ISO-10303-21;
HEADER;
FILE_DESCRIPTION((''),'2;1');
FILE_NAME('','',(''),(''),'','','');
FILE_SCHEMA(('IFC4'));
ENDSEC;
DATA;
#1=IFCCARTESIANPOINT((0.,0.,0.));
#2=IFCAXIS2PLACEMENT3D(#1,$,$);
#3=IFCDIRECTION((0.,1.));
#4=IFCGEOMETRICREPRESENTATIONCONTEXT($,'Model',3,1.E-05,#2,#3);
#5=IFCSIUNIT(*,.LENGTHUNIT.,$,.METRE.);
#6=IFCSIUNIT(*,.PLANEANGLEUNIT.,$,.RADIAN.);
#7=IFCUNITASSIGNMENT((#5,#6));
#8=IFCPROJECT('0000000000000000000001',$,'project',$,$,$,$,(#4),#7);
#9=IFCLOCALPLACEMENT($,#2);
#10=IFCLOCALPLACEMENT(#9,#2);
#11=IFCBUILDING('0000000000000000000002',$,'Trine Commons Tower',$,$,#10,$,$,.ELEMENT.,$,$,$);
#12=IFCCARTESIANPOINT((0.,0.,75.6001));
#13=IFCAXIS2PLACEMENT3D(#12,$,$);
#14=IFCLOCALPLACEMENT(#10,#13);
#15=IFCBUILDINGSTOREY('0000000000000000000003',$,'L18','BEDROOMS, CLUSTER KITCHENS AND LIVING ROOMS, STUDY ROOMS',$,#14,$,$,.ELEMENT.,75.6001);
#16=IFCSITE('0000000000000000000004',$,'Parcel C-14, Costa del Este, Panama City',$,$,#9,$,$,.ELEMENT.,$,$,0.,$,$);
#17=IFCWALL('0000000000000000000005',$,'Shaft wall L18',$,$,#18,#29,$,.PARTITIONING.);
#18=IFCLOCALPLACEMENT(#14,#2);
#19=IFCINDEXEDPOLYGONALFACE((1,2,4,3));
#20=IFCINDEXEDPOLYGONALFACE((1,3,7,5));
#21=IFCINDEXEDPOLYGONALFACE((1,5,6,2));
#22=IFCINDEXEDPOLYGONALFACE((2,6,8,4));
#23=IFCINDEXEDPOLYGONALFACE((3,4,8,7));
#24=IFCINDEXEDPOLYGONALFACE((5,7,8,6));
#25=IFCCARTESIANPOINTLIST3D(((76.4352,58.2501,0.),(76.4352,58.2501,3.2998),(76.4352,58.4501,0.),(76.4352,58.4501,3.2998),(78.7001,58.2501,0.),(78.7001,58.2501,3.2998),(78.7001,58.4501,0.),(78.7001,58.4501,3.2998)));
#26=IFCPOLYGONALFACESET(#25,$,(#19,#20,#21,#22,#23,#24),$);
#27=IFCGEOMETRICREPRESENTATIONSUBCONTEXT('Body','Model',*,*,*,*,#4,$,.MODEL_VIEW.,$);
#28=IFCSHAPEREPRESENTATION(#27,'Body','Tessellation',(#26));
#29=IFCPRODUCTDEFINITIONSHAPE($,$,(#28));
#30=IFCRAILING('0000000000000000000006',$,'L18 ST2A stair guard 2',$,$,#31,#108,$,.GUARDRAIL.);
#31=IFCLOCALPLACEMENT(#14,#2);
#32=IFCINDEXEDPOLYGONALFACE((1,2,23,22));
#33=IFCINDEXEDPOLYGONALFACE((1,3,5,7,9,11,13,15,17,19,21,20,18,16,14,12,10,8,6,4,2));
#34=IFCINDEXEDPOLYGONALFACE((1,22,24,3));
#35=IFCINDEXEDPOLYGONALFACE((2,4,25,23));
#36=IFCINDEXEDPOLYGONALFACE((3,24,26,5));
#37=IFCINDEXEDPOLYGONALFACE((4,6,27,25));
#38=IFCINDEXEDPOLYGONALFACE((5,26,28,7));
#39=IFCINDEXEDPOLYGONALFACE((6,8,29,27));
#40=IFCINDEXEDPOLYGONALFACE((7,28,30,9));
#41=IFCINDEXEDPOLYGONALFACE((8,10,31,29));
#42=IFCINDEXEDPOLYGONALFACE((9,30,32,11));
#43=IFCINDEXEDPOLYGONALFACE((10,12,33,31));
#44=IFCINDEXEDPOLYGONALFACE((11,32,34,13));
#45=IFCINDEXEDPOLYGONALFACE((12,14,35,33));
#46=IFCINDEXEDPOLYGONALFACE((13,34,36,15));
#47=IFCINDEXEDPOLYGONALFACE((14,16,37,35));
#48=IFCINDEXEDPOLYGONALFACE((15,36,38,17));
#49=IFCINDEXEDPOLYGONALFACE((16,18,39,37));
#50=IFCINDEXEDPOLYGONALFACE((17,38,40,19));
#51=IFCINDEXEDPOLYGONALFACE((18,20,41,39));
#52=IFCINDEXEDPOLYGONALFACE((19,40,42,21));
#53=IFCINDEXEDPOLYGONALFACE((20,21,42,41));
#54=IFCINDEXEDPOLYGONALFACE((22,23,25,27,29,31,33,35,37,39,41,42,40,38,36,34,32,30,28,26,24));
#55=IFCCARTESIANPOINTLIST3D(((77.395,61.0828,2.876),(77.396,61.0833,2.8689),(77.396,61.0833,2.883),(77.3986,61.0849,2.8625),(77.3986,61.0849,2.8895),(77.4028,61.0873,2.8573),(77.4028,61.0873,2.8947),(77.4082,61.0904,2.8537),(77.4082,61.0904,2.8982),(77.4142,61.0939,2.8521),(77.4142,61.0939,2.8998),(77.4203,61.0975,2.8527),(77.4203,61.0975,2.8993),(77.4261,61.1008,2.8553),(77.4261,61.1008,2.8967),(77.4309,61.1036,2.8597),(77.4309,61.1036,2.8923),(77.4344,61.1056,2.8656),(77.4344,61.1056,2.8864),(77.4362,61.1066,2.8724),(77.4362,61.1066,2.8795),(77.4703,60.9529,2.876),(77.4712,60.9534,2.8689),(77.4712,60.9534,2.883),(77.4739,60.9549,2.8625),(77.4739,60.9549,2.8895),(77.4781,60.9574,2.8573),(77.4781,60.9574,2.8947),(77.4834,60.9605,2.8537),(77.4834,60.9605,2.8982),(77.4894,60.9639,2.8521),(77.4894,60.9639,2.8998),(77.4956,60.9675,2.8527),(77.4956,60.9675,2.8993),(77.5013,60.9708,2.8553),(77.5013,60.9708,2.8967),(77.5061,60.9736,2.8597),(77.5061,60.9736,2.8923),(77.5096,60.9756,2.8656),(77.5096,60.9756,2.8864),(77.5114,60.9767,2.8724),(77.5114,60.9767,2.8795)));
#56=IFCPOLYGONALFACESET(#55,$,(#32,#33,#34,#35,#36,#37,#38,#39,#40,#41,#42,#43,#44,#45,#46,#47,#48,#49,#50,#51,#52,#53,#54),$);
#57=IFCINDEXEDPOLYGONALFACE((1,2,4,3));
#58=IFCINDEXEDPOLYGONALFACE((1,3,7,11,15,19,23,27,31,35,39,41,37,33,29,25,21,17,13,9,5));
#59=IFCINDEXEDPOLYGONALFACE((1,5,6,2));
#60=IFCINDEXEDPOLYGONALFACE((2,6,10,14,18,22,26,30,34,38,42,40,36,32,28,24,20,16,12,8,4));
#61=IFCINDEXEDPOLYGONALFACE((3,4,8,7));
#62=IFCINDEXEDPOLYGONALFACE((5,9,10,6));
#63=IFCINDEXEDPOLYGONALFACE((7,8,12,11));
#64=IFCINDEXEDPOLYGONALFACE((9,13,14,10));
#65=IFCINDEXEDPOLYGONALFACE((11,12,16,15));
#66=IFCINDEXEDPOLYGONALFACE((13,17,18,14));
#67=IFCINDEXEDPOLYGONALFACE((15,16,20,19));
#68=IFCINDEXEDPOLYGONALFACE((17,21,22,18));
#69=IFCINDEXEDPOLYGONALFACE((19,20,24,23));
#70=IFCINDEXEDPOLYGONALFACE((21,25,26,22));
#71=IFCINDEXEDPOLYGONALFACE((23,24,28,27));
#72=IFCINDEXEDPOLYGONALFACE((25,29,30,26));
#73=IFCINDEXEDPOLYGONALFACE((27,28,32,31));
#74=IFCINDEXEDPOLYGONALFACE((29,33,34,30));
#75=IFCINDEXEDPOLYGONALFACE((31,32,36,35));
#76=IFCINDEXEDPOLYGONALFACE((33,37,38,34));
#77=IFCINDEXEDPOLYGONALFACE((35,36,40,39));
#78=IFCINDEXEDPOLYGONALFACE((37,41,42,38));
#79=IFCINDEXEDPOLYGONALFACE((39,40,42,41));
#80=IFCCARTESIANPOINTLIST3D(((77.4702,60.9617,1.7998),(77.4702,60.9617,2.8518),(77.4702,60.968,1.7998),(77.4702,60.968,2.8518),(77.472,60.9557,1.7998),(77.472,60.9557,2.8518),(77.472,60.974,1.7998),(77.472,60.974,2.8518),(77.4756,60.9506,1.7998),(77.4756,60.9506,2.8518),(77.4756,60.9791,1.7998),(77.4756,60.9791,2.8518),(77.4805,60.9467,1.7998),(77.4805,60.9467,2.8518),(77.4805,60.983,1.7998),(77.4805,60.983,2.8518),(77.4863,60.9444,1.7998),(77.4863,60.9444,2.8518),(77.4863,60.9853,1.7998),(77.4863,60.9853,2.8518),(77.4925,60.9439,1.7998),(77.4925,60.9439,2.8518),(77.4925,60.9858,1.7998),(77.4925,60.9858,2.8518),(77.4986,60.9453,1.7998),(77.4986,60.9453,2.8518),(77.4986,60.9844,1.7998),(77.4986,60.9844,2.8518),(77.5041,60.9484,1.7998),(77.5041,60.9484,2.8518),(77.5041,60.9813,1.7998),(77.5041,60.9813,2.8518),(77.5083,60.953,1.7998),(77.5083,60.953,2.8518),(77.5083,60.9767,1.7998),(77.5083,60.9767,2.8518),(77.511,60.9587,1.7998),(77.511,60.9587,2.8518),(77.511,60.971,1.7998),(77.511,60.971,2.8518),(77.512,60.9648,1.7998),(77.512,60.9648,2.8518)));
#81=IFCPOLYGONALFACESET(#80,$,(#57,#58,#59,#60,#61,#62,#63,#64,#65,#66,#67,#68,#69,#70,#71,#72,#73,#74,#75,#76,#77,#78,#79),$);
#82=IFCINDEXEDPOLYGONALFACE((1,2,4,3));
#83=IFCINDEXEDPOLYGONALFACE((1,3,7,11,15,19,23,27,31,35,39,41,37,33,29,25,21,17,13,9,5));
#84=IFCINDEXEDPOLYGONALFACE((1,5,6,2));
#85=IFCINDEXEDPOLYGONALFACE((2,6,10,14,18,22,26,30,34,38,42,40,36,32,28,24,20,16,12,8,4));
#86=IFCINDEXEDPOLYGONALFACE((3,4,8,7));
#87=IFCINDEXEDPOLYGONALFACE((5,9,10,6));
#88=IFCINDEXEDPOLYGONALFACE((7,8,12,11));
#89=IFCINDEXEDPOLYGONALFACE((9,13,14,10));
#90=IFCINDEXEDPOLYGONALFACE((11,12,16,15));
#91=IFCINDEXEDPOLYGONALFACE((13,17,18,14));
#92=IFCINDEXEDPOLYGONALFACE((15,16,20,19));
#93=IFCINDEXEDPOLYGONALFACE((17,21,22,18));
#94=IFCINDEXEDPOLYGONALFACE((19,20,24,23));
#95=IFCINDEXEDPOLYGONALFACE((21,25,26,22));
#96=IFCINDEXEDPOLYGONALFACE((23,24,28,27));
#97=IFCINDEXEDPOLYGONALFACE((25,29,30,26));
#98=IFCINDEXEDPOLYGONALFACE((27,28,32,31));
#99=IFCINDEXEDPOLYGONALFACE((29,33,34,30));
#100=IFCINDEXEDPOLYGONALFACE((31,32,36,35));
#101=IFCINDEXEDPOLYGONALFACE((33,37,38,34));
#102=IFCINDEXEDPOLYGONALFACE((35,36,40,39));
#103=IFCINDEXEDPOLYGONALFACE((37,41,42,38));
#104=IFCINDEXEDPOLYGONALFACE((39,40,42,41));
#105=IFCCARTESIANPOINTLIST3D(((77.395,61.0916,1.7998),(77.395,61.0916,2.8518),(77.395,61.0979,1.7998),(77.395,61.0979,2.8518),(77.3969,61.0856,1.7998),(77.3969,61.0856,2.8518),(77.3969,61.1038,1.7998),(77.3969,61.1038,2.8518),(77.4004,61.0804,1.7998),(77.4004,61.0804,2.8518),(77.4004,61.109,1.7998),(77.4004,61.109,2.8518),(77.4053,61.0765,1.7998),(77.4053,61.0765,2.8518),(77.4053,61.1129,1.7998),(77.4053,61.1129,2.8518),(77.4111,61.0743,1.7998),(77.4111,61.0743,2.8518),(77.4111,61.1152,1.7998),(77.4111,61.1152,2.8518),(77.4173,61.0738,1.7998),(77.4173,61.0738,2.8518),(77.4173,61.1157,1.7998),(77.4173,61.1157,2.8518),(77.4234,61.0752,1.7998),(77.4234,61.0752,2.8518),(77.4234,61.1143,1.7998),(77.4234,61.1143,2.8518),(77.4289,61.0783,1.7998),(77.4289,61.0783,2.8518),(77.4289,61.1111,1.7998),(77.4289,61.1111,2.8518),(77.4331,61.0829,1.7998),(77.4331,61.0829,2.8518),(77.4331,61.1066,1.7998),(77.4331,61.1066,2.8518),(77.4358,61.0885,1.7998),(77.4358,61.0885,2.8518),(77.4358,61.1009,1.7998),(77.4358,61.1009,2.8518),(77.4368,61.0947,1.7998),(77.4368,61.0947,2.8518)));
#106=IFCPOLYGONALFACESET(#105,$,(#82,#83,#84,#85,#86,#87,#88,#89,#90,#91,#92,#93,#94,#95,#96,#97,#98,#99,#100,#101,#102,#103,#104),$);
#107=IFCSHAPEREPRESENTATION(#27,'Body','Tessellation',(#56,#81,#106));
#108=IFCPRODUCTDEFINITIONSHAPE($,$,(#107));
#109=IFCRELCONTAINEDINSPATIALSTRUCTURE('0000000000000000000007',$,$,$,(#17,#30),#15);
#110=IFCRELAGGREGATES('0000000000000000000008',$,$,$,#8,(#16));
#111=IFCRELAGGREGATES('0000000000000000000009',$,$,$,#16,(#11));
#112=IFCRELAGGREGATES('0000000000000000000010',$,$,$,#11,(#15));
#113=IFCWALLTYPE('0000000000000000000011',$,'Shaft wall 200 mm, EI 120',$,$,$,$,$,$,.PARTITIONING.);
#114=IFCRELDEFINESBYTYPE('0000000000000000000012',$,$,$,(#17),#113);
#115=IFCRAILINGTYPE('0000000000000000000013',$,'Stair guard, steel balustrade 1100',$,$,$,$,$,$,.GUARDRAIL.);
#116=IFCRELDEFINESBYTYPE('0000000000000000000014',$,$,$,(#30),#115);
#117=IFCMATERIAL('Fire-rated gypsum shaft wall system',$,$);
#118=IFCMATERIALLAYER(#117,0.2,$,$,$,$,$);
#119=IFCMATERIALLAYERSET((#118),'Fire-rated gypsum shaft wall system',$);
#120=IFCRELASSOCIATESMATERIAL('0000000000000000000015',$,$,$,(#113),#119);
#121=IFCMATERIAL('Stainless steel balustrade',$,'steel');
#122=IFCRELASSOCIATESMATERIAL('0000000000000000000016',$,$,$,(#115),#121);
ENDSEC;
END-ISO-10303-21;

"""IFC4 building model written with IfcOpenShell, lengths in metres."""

from ifc_helpers import new_model, si_unit, direction, frame, frame_2d, origin, origin_2d, place, context, subcontext, project, spatial, rectangle, circle, extrude, material, layer, layer_set, type_object, element, save


model = new_model("IFC4")

# Units and contexts
model_context = context("Model", 3, precision=1e-05, world=origin(), true_north=direction((0.0, 1.0)))
body_context = subcontext(model_context, "Body", "Model", "MODEL_VIEW")
ifc_project = project(units=[si_unit("LENGTHUNIT", "METRE"), si_unit("PLANEANGLEUNIT", "RADIAN")], contexts=[model_context])

# Site, building, storey
site_placement = place(None, origin())
site = spatial("IfcSite", under=ifc_project, at=site_placement, Name="Parcel C-14, Costa del Este, Panama City", CompositionType="ELEMENT", RefElevation=0.0)
building_placement = place(site_placement, origin())
building = spatial("IfcBuilding", under=site, at=building_placement, Name="Trine Commons Tower", CompositionType="ELEMENT")
storey_placement = place(building_placement, frame((0.0, 0.0, 75.6001)))
storey = spatial("IfcBuildingStorey", under=building, at=storey_placement, Name="L18", Description="BEDROOMS, CLUSTER KITCHENS AND LIVING ROOMS, STUDY ROOMS", CompositionType="ELEMENT", Elevation=75.6001)

# Shared definitions
ifc_material_1 = material(Name="Fire-rated gypsum shaft wall system")

# Wall
ifc_layer_1 = layer(ifc_material_1, 0.2)
ifc_layer_set_1 = layer_set([ifc_layer_1], Name="Fire-rated gypsum shaft wall system")
wall_type_1 = type_object("IfcWallType", Name="Shaft wall 200 mm, EI 120", PredefinedType="PARTITIONING", material=ifc_layer_set_1)
wall_1_placement = place(storey_placement, frame((78.7, 58.3501, 0.0), z_axis=(0.0, 0.0, 1.0), x_axis=(-1.0, 0.0, 0.0)))
element("IfcWall", 1, at=wall_1_placement, inside=storey, type_object=wall_type_1, Name="Shaft wall L18", PredefinedType="PARTITIONING", context=body_context, shape_type="SweptSolid", body=[
    extrude(rectangle(XDim=2.2649, YDim=0.2, at=frame_2d((1.1323, 0.0))), origin(), (0.0, 0.0, 1.0), 3.2998),
])

# Railing
ifc_material_2 = material(Name="Stainless steel balustrade", Category="steel")
railing_type_1 = type_object("IfcRailingType", Name="Stair guard, steel balustrade 1100", PredefinedType="GUARDRAIL", material=ifc_material_2)
railing_1_placement = place(storey_placement, frame((77.491, 60.9648, 1.7998)))
element("IfcRailing", 2, at=railing_1_placement, inside=storey, type_object=railing_type_1, Name="L18 ST2A stair guard 2", PredefinedType="GUARDRAIL", context=body_context, shape_type="SweptSolid", body=[
    extrude(circle(Radius=0.0239, at=origin_2d()), frame((0.0, 0.0, 1.0762), z_axis=(-0.501036, 0.865426, 0.0), x_axis=(-0.865426, -0.501036, 0.0)), (0.0, 0.0, 1.0), 0.1501),
    extrude(circle(Radius=0.021, at=origin_2d()), origin(), (0.0, 0.0, 1.0), 1.052),
    extrude(circle(Radius=0.021, at=origin_2d()), frame((-0.0752, 0.1299, 0.0)), (0.0, 0.0, 1.0), 1.052),
])

save(model, "model.ifc")
